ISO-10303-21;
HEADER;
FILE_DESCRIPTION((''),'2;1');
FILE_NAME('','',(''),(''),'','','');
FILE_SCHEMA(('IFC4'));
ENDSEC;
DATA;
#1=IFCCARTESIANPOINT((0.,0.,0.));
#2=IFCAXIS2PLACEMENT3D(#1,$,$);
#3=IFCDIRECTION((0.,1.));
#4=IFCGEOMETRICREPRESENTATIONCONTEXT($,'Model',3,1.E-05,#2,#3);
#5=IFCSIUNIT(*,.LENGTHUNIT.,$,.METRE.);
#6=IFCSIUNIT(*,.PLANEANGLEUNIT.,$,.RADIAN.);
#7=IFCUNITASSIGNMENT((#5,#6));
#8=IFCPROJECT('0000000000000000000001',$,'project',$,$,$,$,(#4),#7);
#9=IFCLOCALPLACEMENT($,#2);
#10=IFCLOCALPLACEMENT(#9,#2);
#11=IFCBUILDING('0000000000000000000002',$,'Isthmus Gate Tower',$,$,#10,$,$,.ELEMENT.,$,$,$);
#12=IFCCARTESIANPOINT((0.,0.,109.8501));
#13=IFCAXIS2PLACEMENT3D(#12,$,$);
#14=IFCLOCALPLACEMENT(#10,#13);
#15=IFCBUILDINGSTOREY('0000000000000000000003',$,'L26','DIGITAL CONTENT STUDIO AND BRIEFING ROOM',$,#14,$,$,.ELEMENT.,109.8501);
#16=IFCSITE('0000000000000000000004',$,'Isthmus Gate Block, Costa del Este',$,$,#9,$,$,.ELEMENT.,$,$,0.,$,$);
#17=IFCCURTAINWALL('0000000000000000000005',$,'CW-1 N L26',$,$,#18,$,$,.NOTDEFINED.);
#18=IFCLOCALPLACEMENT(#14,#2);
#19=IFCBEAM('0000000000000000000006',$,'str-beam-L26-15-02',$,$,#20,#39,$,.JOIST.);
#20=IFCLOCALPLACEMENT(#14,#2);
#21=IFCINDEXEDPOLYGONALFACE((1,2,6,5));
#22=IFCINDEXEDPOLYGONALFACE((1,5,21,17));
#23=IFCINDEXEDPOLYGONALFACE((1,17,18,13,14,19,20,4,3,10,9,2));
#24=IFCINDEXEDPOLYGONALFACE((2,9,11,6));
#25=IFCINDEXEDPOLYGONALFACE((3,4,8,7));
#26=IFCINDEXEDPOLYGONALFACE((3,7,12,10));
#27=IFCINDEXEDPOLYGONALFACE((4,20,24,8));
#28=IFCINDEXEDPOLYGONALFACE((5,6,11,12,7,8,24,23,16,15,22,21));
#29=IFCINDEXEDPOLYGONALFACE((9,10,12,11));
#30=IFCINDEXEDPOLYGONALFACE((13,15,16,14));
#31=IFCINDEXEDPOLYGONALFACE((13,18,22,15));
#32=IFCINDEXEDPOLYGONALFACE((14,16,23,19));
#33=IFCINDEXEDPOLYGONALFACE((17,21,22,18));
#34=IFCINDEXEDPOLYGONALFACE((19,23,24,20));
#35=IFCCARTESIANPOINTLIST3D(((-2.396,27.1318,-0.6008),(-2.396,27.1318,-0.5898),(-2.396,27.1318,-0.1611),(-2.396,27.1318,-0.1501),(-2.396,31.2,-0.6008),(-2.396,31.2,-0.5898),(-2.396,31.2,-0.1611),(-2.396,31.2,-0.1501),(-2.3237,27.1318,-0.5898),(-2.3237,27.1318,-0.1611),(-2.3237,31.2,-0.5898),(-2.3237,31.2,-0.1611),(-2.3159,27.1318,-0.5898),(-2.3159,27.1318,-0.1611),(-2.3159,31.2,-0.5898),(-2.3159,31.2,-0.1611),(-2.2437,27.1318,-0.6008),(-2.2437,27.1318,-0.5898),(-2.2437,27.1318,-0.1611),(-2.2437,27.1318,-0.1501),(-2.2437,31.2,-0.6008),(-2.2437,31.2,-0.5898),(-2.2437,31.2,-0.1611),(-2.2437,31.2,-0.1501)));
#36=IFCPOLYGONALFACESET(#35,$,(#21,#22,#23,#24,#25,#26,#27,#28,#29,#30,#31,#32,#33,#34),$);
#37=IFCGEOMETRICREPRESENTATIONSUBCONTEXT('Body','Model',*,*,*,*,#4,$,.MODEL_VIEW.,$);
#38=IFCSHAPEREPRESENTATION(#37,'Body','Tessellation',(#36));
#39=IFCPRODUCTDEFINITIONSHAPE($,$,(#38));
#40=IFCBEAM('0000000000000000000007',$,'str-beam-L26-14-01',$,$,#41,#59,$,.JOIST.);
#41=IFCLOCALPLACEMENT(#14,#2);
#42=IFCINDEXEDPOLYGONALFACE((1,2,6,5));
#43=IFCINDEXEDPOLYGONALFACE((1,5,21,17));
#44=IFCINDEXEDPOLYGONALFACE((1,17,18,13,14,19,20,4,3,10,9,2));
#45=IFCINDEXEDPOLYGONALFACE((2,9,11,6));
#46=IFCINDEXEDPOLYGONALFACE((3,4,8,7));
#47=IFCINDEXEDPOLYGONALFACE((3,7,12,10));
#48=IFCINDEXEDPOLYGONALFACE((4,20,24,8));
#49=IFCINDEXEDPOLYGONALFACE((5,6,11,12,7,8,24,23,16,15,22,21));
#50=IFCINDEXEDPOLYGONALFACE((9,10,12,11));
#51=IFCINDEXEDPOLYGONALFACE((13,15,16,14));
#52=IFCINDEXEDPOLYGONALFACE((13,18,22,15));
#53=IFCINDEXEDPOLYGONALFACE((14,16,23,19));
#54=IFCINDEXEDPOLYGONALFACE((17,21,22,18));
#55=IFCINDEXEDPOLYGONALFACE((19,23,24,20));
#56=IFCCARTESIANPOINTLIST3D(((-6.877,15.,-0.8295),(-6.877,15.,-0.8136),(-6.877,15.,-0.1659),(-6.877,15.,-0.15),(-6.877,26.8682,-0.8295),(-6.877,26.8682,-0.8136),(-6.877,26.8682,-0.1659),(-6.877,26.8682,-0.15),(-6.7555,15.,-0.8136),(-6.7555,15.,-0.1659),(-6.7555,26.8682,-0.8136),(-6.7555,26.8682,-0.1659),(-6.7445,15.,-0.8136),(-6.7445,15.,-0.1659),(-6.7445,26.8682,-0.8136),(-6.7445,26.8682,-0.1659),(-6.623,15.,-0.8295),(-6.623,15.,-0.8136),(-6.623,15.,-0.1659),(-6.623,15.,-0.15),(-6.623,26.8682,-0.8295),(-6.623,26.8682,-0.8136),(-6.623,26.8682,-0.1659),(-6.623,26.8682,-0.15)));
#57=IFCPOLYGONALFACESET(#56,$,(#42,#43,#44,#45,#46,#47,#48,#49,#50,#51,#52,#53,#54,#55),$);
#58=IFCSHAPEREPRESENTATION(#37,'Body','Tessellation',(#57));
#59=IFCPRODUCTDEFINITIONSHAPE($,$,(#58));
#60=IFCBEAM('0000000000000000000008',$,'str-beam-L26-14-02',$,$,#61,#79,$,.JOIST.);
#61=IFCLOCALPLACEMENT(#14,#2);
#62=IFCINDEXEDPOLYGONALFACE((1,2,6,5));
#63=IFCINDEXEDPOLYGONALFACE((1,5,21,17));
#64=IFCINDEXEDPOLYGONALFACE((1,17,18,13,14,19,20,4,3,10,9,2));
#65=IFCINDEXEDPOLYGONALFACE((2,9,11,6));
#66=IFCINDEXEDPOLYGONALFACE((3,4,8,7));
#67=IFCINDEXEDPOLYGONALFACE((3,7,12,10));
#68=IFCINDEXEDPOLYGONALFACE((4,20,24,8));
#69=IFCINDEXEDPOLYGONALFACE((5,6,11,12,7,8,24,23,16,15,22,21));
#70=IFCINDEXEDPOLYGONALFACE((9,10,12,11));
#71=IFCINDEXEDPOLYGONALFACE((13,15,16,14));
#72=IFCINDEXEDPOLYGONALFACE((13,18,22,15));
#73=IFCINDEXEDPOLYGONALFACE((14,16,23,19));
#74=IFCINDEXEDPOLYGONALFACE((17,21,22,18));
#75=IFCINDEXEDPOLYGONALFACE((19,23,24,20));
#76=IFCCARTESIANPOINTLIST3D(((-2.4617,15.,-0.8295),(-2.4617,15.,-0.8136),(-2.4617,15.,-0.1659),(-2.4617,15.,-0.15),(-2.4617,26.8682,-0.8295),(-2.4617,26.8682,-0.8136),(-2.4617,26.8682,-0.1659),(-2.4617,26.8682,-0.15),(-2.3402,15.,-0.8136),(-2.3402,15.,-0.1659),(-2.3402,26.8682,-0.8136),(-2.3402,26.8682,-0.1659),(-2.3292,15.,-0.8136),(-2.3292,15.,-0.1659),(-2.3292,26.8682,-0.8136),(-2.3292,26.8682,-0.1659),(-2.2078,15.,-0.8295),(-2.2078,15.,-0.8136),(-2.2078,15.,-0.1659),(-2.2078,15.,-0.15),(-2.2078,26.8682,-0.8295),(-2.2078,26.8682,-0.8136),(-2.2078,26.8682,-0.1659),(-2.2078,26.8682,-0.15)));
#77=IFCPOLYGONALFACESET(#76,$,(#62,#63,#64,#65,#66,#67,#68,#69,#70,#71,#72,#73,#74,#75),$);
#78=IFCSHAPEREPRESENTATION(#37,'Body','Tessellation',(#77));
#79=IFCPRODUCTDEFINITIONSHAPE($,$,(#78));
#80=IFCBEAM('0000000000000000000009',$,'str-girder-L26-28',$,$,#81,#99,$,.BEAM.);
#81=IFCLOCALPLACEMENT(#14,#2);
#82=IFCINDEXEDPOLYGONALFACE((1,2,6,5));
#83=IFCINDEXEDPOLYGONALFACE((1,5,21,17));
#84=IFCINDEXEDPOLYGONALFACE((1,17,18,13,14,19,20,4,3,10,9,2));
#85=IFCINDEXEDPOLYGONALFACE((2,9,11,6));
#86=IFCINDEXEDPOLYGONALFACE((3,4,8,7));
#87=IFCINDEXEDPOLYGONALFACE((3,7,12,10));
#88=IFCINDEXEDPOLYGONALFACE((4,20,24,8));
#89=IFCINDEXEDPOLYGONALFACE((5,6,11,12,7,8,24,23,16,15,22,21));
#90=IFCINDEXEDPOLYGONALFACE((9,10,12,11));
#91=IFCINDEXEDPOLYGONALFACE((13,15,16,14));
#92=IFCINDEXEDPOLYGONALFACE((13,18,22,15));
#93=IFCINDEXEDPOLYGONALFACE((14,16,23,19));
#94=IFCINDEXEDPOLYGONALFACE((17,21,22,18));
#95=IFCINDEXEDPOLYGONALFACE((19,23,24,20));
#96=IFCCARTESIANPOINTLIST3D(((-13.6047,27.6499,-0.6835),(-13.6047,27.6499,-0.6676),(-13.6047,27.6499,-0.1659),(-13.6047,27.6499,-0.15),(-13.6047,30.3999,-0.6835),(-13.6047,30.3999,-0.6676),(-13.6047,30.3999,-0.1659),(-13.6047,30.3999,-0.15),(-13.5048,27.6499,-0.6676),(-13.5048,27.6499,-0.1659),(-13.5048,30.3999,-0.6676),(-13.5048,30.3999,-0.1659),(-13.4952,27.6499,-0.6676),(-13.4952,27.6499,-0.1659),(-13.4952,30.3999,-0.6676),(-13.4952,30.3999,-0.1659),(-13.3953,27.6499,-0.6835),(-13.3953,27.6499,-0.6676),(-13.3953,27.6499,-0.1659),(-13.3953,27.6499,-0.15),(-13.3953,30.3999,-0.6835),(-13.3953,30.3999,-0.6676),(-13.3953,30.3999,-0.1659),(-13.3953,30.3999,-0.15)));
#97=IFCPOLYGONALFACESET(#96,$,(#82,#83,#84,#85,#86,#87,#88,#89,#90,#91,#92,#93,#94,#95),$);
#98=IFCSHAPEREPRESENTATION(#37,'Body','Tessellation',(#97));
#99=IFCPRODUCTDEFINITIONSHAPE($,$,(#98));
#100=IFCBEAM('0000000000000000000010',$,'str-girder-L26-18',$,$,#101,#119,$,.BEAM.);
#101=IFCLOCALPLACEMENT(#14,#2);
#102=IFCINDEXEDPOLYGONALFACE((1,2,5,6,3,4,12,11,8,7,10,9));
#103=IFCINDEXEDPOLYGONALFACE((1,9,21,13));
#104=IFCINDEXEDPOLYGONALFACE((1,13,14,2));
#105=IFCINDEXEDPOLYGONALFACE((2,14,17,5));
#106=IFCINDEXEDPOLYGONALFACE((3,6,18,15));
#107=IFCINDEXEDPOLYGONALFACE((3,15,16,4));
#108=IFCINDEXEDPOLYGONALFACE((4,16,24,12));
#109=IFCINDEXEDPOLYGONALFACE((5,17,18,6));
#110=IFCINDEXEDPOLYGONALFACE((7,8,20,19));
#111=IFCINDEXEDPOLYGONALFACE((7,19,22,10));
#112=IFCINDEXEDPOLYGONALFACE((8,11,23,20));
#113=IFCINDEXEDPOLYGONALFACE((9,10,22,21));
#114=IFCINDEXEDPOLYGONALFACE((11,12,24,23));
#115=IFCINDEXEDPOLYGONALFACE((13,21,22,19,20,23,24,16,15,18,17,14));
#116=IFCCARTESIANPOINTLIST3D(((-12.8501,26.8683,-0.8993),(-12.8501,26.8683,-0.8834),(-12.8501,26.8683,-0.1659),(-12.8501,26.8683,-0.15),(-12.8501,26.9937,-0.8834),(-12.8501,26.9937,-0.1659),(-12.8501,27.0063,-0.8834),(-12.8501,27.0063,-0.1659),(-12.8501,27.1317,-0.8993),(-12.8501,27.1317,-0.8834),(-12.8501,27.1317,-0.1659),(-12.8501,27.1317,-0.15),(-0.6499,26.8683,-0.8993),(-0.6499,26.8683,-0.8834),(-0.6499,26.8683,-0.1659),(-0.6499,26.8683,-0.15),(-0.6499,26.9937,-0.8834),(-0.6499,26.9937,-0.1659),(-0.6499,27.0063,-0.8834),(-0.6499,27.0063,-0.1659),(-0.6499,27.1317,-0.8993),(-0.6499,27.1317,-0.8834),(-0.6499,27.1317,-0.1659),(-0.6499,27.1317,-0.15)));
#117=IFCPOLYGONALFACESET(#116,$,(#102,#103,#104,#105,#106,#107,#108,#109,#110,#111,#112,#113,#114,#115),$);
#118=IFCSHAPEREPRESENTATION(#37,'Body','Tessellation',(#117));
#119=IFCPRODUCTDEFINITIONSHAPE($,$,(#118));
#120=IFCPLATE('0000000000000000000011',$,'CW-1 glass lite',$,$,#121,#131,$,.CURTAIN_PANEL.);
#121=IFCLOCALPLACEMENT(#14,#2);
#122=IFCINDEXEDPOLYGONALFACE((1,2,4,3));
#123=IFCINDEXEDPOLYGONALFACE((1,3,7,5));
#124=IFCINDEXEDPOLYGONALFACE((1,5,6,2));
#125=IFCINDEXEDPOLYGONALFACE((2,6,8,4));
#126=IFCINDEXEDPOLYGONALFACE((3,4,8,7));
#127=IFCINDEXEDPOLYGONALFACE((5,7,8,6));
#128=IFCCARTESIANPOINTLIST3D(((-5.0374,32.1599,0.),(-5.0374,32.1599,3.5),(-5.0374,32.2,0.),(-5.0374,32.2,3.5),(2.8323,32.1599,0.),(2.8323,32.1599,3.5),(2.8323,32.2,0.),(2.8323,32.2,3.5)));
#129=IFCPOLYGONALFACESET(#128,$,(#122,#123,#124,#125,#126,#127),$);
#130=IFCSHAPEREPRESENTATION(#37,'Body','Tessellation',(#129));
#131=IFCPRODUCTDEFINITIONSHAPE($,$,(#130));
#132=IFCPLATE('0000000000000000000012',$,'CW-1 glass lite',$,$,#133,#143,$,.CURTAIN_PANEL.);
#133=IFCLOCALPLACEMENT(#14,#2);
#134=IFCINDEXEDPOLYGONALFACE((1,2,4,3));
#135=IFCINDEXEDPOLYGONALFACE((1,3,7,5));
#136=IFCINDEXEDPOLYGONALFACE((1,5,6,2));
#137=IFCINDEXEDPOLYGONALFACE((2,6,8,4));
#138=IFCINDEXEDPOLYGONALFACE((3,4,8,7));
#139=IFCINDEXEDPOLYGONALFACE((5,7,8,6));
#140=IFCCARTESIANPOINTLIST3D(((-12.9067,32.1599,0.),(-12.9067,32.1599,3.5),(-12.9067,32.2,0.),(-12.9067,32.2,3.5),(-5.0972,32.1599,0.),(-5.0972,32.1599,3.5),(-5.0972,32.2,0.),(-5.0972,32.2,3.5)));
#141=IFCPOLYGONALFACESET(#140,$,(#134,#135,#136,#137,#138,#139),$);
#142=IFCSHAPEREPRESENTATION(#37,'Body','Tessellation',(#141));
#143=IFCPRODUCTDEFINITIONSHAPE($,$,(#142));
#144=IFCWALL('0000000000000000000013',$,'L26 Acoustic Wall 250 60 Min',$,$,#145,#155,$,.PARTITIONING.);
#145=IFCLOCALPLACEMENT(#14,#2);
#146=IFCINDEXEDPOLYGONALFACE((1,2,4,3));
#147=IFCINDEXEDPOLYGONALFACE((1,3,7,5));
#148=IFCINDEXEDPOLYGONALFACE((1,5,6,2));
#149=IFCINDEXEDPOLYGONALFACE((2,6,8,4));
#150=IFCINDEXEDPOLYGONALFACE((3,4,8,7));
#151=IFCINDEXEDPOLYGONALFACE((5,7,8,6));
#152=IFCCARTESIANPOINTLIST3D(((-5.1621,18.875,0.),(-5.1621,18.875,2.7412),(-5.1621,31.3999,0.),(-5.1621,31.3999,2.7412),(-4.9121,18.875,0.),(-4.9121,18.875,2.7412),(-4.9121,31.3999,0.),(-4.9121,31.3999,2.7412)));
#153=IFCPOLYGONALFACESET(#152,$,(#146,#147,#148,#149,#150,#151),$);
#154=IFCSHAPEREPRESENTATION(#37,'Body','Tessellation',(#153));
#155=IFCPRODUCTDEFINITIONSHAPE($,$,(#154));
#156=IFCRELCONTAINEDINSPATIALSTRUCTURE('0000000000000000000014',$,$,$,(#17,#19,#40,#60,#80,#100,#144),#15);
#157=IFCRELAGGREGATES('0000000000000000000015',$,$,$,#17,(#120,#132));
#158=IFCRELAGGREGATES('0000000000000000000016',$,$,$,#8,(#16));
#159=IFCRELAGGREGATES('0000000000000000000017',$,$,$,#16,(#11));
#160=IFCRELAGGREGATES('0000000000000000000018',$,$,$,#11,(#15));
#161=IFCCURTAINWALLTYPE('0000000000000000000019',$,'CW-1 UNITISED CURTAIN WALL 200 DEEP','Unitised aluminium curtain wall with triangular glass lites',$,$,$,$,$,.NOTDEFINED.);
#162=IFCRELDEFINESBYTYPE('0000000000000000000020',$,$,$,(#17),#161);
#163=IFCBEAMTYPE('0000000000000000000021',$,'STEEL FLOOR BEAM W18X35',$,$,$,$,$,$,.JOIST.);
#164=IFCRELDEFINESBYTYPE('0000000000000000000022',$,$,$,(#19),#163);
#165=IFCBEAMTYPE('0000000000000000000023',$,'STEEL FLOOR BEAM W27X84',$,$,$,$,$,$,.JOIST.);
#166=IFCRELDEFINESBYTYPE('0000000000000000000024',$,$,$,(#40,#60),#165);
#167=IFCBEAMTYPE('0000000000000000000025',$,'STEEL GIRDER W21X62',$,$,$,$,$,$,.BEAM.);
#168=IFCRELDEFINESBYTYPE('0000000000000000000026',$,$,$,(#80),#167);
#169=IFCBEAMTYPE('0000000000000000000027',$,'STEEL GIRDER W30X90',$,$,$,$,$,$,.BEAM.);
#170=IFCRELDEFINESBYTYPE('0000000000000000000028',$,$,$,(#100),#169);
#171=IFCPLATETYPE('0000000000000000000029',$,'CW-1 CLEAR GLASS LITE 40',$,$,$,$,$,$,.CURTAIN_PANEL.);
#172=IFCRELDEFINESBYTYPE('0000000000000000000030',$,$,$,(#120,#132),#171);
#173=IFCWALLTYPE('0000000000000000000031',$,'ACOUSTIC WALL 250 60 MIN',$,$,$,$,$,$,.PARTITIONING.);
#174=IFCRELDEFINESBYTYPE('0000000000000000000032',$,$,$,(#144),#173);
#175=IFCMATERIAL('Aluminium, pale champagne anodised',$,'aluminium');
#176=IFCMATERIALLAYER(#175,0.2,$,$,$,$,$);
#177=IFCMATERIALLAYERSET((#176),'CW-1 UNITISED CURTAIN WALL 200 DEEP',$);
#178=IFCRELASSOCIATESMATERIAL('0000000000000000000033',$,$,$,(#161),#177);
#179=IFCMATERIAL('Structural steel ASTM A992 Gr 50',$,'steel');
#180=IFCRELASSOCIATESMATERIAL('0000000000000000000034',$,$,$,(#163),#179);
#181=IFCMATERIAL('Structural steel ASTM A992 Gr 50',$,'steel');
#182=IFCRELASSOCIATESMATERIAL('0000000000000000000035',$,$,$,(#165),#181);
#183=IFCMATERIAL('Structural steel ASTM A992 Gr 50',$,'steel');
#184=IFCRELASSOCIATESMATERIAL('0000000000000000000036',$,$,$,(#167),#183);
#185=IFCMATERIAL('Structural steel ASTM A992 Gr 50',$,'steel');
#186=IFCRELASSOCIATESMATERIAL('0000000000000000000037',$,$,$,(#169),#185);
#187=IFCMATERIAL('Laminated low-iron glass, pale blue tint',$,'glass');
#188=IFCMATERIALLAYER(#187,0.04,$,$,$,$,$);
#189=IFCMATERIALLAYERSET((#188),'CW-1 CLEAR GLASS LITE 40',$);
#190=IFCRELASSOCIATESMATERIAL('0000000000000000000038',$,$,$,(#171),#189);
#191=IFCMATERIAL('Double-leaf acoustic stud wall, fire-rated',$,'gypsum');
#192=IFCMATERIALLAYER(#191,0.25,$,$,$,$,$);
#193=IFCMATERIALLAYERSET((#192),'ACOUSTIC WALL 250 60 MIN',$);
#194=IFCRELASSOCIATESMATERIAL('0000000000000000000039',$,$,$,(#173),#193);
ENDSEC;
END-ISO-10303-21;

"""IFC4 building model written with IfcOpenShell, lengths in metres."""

from ifc_helpers import new_model, si_unit, direction, frame, frame_2d, origin, origin_2d, place, context, subcontext, project, spatial, rectangle, i_section, extrude, material, layer, layer_set, material_profile, profile_set, type_object, element, aggregate, save


model = new_model("IFC4")

# Units and contexts
model_context = context("Model", 3, precision=1e-05, world=origin(), true_north=direction((0.0, 1.0)))
body_context = subcontext(model_context, "Body", "Model", "MODEL_VIEW")
ifc_project = project(units=[si_unit("LENGTHUNIT", "METRE"), si_unit("PLANEANGLEUNIT", "RADIAN")], contexts=[model_context])

# Site, building, storey
site_placement = place(None, origin())
site = spatial("IfcSite", under=ifc_project, at=site_placement, Name="Isthmus Gate Block, Costa del Este", CompositionType="ELEMENT", RefElevation=0.0)
building_placement = place(site_placement, origin())
building = spatial("IfcBuilding", under=site, at=building_placement, Name="Isthmus Gate Tower", CompositionType="ELEMENT")
storey_placement = place(building_placement, frame((0.0, 0.0, 109.8501)))
storey = spatial("IfcBuildingStorey", under=building, at=storey_placement, Name="L26", Description="DIGITAL CONTENT STUDIO AND BRIEFING ROOM", CompositionType="ELEMENT", Elevation=109.8501)

# Curtain wall
ifc_material_1 = material(Name="Aluminium, pale champagne anodised", Category="aluminium")
ifc_layer_1 = layer(ifc_material_1, 0.2)
ifc_layer_set_1 = layer_set([ifc_layer_1], Name="CW-1 UNITISED CURTAIN WALL 200 DEEP")
curtain_wall_type = type_object("IfcCurtainWallType", Name="CW-1 UNITISED CURTAIN WALL 200 DEEP", Description="Unitised aluminium curtain wall with triangular glass lites", PredefinedType="NOTDEFINED", material=ifc_layer_set_1)
curtain_wall_placement = place(storey_placement, origin())
curtain_wall = element("IfcCurtainWall", 1, at=curtain_wall_placement, inside=storey, type_object=curtain_wall_type, Name="CW-1 N L26", PredefinedType="NOTDEFINED")

# Beams
ifc_material_2 = material(Name="Structural steel ASTM A992 Gr 50", Category="steel")
ifc_material_profile_1 = material_profile(ifc_material_2, i_section(OverallWidth=0.1523, OverallDepth=0.4507, WebThickness=0.0078, FlangeThickness=0.011, at=origin_2d()), Name="W18X35")
ifc_profile_set_1 = profile_set([ifc_material_profile_1], Name="Structural steel ASTM A992 Gr 50")
beam_type_1 = type_object("IfcBeamType", Name="STEEL FLOOR BEAM W18X35", PredefinedType="JOIST", material=ifc_profile_set_1)
for number, where, z_axis, x_axis, name in (
    (2, (-2.3198, 27.1318, -0.3755), (0.0, 1.0, 0.0), (-1.0, 0.0, 0.0), "str-beam-L26-15-02"),
):
    element("IfcBeam", number, at=place(storey_placement, frame(where, z_axis=z_axis, x_axis=x_axis)), inside=storey, type_object=beam_type_1, Name=name, PredefinedType="JOIST", context=body_context, shape_type="SweptSolid", body=[
        extrude(i_section(OverallWidth=0.1523, OverallDepth=0.4507, WebThickness=0.0078, FlangeThickness=0.011, at=origin_2d()), origin(), (0.0, 0.0, 1.0), 4.0681),
    ])
ifc_material_3 = material(Name="Structural steel ASTM A992 Gr 50", Category="steel")
ifc_material_profile_2 = material_profile(ifc_material_3, i_section(OverallWidth=0.2539, OverallDepth=0.6794, WebThickness=0.011, FlangeThickness=0.0159, at=origin_2d()), Name="W27X84")
ifc_profile_set_2 = profile_set([ifc_material_profile_2], Name="Structural steel ASTM A992 Gr 50")
beam_type_2 = type_object("IfcBeamType", Name="STEEL FLOOR BEAM W27X84", PredefinedType="JOIST", material=ifc_profile_set_2)
for number, where, z_axis, x_axis, name in (
    (3, (-6.75, 15.0, -0.4897), (0.0, 1.0, 0.0), (-1.0, 0.0, 0.0), "str-beam-L26-14-01"),
    (4, (-2.3347, 15.0, -0.4897), (0.0, 1.0, 0.0), (-1.0, 0.0, 0.0), "str-beam-L26-14-02"),
):
    element("IfcBeam", number, at=place(storey_placement, frame(where, z_axis=z_axis, x_axis=x_axis)), inside=storey, type_object=beam_type_2, Name=name, PredefinedType="JOIST", context=body_context, shape_type="SweptSolid", body=[
        extrude(i_section(OverallWidth=0.2539, OverallDepth=0.6794, WebThickness=0.011, FlangeThickness=0.0159, at=origin_2d()), origin(), (0.0, 0.0, 1.0), 11.8682),
    ])
ifc_material_4 = material(Name="Structural steel ASTM A992 Gr 50", Category="steel")
ifc_material_profile_3 = material_profile(ifc_material_4, i_section(OverallWidth=0.2095, OverallDepth=0.5334, WebThickness=0.0095, FlangeThickness=0.0159, at=origin_2d()), Name="W21X62")
ifc_profile_set_3 = profile_set([ifc_material_profile_3], Name="Structural steel ASTM A992 Gr 50")
beam_type_3 = type_object("IfcBeamType", Name="STEEL GIRDER W21X62", PredefinedType="BEAM", material=ifc_profile_set_3)
beam_1_placement = place(storey_placement, frame((-13.5, 27.6499, -0.4167), z_axis=(0.0, 1.0, 0.0), x_axis=(-1.0, 0.0, 0.0)))
element("IfcBeam", 5, at=beam_1_placement, inside=storey, type_object=beam_type_3, Name="str-girder-L26-28", PredefinedType="BEAM", context=body_context, shape_type="SweptSolid", body=[
    extrude(i_section(OverallWidth=0.2095, OverallDepth=0.5334, WebThickness=0.0095, FlangeThickness=0.0159, at=origin_2d()), origin(), (0.0, 0.0, 1.0), 2.75),
])
ifc_material_5 = material(Name="Structural steel ASTM A992 Gr 50", Category="steel")
ifc_material_profile_4 = material_profile(ifc_material_5, i_section(OverallWidth=0.2634, OverallDepth=0.7493, WebThickness=0.0127, FlangeThickness=0.0159, at=origin_2d()), Name="W30X90")
ifc_profile_set_4 = profile_set([ifc_material_profile_4], Name="Structural steel ASTM A992 Gr 50")
beam_type_4 = type_object("IfcBeamType", Name="STEEL GIRDER W30X90", PredefinedType="BEAM", material=ifc_profile_set_4)
beam_2_placement = place(storey_placement, frame((-12.8501, 27.0, -0.5247), z_axis=(1.0, 0.0, 0.0), x_axis=(0.0, 1.0, 0.0)))
element("IfcBeam", 6, at=beam_2_placement, inside=storey, type_object=beam_type_4, Name="str-girder-L26-18", PredefinedType="BEAM", context=body_context, shape_type="SweptSolid", body=[
    extrude(i_section(OverallWidth=0.2634, OverallDepth=0.7493, WebThickness=0.0127, FlangeThickness=0.0159, at=origin_2d()), origin(), (0.0, 0.0, 1.0), 12.2002),
])

# Plates
ifc_material_6 = material(Name="Laminated low-iron glass, pale blue tint", Category="glass")
ifc_layer_2 = layer(ifc_material_6, 0.04)
ifc_layer_set_2 = layer_set([ifc_layer_2], Name="CW-1 CLEAR GLASS LITE 40")
plate_type = type_object("IfcPlateType", Name="CW-1 CLEAR GLASS LITE 40", PredefinedType="CURTAIN_PANEL", material=ifc_layer_set_2)
plate_1_placement = place(storey_placement, frame((-1.1025, 32.1799, 0.0), z_axis=(0.0, 0.0, 1.0), x_axis=(-1.0, 0.0, 0.0)))
plate_1 = element("IfcPlate", 7, at=plate_1_placement, type_object=plate_type, Name="CW-1 glass lite", PredefinedType="CURTAIN_PANEL", context=body_context, shape_type="SweptSolid", body=[
    extrude(rectangle(XDim=7.8696, YDim=0.04, at=origin_2d()), origin(), (0.0, 0.0, 1.0), 3.5),
])
plate_2_placement = place(storey_placement, frame((-9.002, 32.1799, 0.0), z_axis=(0.0, 0.0, 1.0), x_axis=(-1.0, 0.0, 0.0)))
plate_2 = element("IfcPlate", 8, at=plate_2_placement, type_object=plate_type, Name="CW-1 glass lite", PredefinedType="CURTAIN_PANEL", context=body_context, shape_type="SweptSolid", body=[
    extrude(rectangle(XDim=7.8096, YDim=0.04, at=origin_2d()), origin(), (0.0, 0.0, 1.0), 3.5),
])
aggregate(curtain_wall, [plate_1, plate_2])

# Wall
ifc_material_7 = material(Name="Double-leaf acoustic stud wall, fire-rated", Category="gypsum")
ifc_layer_3 = layer(ifc_material_7, 0.25)
ifc_layer_set_3 = layer_set([ifc_layer_3], Name="ACOUSTIC WALL 250 60 MIN")
wall_type_1 = type_object("IfcWallType", Name="ACOUSTIC WALL 250 60 MIN", PredefinedType="PARTITIONING", material=ifc_layer_set_3)
wall_1_placement = place(storey_placement, frame((-5.0371, 18.875, 0.0), z_axis=(0.0, 0.0, 1.0), x_axis=(0.0, 1.0, 0.0)))
element("IfcWall", 9, at=wall_1_placement, inside=storey, type_object=wall_type_1, Name="L26 Acoustic Wall 250 60 Min", PredefinedType="PARTITIONING", context=body_context, shape_type="SweptSolid", body=[
    extrude(rectangle(XDim=12.5249, YDim=0.25, at=frame_2d((6.2625, 0.0))), origin(), (0.0, 0.0, 1.0), 2.7412),
])

save(model, "model.ifc")
